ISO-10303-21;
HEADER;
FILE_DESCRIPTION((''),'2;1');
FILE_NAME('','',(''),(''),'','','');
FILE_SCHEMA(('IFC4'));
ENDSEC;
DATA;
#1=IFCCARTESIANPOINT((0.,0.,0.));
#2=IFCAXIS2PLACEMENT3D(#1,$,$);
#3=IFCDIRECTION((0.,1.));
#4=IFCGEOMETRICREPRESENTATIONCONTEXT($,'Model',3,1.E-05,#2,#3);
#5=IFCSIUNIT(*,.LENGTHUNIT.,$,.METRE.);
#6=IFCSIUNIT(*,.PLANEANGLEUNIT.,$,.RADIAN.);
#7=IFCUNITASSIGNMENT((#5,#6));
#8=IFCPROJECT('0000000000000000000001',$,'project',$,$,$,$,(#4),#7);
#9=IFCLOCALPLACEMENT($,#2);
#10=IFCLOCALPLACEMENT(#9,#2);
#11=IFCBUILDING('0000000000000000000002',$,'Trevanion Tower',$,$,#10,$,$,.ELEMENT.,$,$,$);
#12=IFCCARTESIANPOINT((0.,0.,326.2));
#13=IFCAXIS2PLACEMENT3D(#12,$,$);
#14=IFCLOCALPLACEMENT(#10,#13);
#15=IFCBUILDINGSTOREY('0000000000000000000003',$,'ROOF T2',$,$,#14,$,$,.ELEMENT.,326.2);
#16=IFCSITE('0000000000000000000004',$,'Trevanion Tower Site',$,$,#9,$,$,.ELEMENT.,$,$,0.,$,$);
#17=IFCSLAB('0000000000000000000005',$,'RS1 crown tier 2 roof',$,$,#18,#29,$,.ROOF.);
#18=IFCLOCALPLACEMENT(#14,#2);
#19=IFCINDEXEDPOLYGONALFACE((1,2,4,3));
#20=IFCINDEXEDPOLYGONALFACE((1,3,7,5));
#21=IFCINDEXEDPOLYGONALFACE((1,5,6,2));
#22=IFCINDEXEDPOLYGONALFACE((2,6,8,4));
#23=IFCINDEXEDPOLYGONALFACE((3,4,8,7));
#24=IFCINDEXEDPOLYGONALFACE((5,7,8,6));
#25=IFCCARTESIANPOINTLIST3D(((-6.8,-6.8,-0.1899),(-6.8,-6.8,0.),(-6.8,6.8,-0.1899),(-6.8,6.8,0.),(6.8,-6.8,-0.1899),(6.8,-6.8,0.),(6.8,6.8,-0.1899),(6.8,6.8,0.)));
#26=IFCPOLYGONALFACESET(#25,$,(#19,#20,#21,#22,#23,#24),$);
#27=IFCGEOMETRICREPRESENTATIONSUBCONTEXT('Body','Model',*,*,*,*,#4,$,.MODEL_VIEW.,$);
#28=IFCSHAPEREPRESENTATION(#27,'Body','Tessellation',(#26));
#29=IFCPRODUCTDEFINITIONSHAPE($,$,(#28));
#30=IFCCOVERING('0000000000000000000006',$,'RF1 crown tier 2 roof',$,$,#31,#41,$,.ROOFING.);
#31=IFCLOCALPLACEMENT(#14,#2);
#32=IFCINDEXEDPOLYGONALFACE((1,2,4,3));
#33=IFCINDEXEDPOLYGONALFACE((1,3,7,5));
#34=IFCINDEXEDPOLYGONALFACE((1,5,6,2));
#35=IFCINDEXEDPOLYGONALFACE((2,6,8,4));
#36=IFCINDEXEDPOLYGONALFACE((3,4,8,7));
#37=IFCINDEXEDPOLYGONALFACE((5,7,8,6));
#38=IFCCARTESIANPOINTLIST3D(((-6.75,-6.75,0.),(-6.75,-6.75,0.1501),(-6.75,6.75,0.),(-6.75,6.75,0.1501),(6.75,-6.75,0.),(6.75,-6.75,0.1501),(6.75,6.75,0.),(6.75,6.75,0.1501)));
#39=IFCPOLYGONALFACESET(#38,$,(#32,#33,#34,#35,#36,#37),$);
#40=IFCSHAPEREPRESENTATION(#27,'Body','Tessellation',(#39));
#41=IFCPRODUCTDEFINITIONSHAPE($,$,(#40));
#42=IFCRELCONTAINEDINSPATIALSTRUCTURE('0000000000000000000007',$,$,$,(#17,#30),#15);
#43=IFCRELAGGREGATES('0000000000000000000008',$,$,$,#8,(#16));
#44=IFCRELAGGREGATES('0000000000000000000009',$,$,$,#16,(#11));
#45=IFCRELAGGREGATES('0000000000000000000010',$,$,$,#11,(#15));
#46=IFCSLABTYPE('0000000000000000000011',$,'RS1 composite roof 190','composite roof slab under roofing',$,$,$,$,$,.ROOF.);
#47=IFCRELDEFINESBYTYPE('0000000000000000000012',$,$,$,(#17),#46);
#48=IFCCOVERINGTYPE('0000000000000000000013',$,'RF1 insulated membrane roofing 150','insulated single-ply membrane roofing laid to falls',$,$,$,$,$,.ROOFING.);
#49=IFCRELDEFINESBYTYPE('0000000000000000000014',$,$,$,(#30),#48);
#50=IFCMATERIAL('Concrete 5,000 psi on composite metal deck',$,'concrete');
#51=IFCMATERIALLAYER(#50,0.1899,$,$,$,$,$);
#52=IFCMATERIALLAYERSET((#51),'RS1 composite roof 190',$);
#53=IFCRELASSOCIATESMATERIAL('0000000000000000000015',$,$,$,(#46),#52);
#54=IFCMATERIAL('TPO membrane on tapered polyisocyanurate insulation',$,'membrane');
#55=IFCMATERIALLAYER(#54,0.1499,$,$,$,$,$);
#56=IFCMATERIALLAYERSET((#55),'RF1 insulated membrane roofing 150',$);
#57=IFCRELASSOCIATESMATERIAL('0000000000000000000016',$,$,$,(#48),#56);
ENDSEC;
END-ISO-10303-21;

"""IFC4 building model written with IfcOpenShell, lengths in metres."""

from ifc_helpers import new_model, si_unit, direction, frame, origin, place, context, subcontext, project, spatial, polyline, outline, extrude, material, layer, layer_set, type_object, element, save


model = new_model("IFC4")

# Units and contexts
model_context = context("Model", 3, precision=1e-05, world=origin(), true_north=direction((0.0, 1.0)))
body_context = subcontext(model_context, "Body", "Model", "MODEL_VIEW")
ifc_project = project(units=[si_unit("LENGTHUNIT", "METRE"), si_unit("PLANEANGLEUNIT", "RADIAN")], contexts=[model_context])

# Site, building, storey
site_placement = place(None, origin())
site = spatial("IfcSite", under=ifc_project, at=site_placement, Name="Trevanion Tower Site", CompositionType="ELEMENT", RefElevation=0.0)
building_placement = place(site_placement, origin())
building = spatial("IfcBuilding", under=site, at=building_placement, Name="Trevanion Tower", CompositionType="ELEMENT")
storey_placement = place(building_placement, frame((0.0, 0.0, 326.2)))
storey = spatial("IfcBuildingStorey", under=building, at=storey_placement, Name="ROOF T2", CompositionType="ELEMENT", Elevation=326.2)

# Slab
ifc_material_1 = material(Name="Concrete 5,000 psi on composite metal deck", Category="concrete")
ifc_layer_1 = layer(ifc_material_1, 0.1899)
ifc_layer_set_1 = layer_set([ifc_layer_1], Name="RS1 composite roof 190")
slab_type = type_object("IfcSlabType", Name="RS1 composite roof 190", Description="composite roof slab under roofing", PredefinedType="ROOF", material=ifc_layer_set_1)
slab_placement = place(storey_placement, frame((0.0, 0.0, -0.1899)))
element("IfcSlab", 1, at=slab_placement, inside=storey, type_object=slab_type, Name="RS1 crown tier 2 roof", PredefinedType="ROOF", context=body_context, shape_type="SweptSolid", body=[
    extrude(outline(polyline([(6.8, -6.8), (6.8, 6.8), (-6.8, 6.8), (-6.8, -6.8), (6.8, -6.8)])), origin(), (0.0, 0.0, 1.0), 0.1899),
])

# Covering
ifc_material_2 = material(Name="TPO membrane on tapered polyisocyanurate insulation", Category="membrane")
ifc_layer_2 = layer(ifc_material_2, 0.1499)
ifc_layer_set_2 = layer_set([ifc_layer_2], Name="RF1 insulated membrane roofing 150")
covering_type = type_object("IfcCoveringType", Name="RF1 insulated membrane roofing 150", Description="insulated single-ply membrane roofing laid to falls", PredefinedType="ROOFING", material=ifc_layer_set_2)
covering_placement = place(storey_placement, origin())
element("IfcCovering", 2, at=covering_placement, inside=storey, type_object=covering_type, Name="RF1 crown tier 2 roof", PredefinedType="ROOFING", context=body_context, shape_type="SweptSolid", body=[
    extrude(outline(polyline([(6.75, -6.75), (-6.75, -6.75), (-6.75, 6.75), (6.75, 6.75), (6.75, -6.75)])), origin(), (0.0, 0.0, 1.0), 0.1501),
])

save(model, "model.ifc")
